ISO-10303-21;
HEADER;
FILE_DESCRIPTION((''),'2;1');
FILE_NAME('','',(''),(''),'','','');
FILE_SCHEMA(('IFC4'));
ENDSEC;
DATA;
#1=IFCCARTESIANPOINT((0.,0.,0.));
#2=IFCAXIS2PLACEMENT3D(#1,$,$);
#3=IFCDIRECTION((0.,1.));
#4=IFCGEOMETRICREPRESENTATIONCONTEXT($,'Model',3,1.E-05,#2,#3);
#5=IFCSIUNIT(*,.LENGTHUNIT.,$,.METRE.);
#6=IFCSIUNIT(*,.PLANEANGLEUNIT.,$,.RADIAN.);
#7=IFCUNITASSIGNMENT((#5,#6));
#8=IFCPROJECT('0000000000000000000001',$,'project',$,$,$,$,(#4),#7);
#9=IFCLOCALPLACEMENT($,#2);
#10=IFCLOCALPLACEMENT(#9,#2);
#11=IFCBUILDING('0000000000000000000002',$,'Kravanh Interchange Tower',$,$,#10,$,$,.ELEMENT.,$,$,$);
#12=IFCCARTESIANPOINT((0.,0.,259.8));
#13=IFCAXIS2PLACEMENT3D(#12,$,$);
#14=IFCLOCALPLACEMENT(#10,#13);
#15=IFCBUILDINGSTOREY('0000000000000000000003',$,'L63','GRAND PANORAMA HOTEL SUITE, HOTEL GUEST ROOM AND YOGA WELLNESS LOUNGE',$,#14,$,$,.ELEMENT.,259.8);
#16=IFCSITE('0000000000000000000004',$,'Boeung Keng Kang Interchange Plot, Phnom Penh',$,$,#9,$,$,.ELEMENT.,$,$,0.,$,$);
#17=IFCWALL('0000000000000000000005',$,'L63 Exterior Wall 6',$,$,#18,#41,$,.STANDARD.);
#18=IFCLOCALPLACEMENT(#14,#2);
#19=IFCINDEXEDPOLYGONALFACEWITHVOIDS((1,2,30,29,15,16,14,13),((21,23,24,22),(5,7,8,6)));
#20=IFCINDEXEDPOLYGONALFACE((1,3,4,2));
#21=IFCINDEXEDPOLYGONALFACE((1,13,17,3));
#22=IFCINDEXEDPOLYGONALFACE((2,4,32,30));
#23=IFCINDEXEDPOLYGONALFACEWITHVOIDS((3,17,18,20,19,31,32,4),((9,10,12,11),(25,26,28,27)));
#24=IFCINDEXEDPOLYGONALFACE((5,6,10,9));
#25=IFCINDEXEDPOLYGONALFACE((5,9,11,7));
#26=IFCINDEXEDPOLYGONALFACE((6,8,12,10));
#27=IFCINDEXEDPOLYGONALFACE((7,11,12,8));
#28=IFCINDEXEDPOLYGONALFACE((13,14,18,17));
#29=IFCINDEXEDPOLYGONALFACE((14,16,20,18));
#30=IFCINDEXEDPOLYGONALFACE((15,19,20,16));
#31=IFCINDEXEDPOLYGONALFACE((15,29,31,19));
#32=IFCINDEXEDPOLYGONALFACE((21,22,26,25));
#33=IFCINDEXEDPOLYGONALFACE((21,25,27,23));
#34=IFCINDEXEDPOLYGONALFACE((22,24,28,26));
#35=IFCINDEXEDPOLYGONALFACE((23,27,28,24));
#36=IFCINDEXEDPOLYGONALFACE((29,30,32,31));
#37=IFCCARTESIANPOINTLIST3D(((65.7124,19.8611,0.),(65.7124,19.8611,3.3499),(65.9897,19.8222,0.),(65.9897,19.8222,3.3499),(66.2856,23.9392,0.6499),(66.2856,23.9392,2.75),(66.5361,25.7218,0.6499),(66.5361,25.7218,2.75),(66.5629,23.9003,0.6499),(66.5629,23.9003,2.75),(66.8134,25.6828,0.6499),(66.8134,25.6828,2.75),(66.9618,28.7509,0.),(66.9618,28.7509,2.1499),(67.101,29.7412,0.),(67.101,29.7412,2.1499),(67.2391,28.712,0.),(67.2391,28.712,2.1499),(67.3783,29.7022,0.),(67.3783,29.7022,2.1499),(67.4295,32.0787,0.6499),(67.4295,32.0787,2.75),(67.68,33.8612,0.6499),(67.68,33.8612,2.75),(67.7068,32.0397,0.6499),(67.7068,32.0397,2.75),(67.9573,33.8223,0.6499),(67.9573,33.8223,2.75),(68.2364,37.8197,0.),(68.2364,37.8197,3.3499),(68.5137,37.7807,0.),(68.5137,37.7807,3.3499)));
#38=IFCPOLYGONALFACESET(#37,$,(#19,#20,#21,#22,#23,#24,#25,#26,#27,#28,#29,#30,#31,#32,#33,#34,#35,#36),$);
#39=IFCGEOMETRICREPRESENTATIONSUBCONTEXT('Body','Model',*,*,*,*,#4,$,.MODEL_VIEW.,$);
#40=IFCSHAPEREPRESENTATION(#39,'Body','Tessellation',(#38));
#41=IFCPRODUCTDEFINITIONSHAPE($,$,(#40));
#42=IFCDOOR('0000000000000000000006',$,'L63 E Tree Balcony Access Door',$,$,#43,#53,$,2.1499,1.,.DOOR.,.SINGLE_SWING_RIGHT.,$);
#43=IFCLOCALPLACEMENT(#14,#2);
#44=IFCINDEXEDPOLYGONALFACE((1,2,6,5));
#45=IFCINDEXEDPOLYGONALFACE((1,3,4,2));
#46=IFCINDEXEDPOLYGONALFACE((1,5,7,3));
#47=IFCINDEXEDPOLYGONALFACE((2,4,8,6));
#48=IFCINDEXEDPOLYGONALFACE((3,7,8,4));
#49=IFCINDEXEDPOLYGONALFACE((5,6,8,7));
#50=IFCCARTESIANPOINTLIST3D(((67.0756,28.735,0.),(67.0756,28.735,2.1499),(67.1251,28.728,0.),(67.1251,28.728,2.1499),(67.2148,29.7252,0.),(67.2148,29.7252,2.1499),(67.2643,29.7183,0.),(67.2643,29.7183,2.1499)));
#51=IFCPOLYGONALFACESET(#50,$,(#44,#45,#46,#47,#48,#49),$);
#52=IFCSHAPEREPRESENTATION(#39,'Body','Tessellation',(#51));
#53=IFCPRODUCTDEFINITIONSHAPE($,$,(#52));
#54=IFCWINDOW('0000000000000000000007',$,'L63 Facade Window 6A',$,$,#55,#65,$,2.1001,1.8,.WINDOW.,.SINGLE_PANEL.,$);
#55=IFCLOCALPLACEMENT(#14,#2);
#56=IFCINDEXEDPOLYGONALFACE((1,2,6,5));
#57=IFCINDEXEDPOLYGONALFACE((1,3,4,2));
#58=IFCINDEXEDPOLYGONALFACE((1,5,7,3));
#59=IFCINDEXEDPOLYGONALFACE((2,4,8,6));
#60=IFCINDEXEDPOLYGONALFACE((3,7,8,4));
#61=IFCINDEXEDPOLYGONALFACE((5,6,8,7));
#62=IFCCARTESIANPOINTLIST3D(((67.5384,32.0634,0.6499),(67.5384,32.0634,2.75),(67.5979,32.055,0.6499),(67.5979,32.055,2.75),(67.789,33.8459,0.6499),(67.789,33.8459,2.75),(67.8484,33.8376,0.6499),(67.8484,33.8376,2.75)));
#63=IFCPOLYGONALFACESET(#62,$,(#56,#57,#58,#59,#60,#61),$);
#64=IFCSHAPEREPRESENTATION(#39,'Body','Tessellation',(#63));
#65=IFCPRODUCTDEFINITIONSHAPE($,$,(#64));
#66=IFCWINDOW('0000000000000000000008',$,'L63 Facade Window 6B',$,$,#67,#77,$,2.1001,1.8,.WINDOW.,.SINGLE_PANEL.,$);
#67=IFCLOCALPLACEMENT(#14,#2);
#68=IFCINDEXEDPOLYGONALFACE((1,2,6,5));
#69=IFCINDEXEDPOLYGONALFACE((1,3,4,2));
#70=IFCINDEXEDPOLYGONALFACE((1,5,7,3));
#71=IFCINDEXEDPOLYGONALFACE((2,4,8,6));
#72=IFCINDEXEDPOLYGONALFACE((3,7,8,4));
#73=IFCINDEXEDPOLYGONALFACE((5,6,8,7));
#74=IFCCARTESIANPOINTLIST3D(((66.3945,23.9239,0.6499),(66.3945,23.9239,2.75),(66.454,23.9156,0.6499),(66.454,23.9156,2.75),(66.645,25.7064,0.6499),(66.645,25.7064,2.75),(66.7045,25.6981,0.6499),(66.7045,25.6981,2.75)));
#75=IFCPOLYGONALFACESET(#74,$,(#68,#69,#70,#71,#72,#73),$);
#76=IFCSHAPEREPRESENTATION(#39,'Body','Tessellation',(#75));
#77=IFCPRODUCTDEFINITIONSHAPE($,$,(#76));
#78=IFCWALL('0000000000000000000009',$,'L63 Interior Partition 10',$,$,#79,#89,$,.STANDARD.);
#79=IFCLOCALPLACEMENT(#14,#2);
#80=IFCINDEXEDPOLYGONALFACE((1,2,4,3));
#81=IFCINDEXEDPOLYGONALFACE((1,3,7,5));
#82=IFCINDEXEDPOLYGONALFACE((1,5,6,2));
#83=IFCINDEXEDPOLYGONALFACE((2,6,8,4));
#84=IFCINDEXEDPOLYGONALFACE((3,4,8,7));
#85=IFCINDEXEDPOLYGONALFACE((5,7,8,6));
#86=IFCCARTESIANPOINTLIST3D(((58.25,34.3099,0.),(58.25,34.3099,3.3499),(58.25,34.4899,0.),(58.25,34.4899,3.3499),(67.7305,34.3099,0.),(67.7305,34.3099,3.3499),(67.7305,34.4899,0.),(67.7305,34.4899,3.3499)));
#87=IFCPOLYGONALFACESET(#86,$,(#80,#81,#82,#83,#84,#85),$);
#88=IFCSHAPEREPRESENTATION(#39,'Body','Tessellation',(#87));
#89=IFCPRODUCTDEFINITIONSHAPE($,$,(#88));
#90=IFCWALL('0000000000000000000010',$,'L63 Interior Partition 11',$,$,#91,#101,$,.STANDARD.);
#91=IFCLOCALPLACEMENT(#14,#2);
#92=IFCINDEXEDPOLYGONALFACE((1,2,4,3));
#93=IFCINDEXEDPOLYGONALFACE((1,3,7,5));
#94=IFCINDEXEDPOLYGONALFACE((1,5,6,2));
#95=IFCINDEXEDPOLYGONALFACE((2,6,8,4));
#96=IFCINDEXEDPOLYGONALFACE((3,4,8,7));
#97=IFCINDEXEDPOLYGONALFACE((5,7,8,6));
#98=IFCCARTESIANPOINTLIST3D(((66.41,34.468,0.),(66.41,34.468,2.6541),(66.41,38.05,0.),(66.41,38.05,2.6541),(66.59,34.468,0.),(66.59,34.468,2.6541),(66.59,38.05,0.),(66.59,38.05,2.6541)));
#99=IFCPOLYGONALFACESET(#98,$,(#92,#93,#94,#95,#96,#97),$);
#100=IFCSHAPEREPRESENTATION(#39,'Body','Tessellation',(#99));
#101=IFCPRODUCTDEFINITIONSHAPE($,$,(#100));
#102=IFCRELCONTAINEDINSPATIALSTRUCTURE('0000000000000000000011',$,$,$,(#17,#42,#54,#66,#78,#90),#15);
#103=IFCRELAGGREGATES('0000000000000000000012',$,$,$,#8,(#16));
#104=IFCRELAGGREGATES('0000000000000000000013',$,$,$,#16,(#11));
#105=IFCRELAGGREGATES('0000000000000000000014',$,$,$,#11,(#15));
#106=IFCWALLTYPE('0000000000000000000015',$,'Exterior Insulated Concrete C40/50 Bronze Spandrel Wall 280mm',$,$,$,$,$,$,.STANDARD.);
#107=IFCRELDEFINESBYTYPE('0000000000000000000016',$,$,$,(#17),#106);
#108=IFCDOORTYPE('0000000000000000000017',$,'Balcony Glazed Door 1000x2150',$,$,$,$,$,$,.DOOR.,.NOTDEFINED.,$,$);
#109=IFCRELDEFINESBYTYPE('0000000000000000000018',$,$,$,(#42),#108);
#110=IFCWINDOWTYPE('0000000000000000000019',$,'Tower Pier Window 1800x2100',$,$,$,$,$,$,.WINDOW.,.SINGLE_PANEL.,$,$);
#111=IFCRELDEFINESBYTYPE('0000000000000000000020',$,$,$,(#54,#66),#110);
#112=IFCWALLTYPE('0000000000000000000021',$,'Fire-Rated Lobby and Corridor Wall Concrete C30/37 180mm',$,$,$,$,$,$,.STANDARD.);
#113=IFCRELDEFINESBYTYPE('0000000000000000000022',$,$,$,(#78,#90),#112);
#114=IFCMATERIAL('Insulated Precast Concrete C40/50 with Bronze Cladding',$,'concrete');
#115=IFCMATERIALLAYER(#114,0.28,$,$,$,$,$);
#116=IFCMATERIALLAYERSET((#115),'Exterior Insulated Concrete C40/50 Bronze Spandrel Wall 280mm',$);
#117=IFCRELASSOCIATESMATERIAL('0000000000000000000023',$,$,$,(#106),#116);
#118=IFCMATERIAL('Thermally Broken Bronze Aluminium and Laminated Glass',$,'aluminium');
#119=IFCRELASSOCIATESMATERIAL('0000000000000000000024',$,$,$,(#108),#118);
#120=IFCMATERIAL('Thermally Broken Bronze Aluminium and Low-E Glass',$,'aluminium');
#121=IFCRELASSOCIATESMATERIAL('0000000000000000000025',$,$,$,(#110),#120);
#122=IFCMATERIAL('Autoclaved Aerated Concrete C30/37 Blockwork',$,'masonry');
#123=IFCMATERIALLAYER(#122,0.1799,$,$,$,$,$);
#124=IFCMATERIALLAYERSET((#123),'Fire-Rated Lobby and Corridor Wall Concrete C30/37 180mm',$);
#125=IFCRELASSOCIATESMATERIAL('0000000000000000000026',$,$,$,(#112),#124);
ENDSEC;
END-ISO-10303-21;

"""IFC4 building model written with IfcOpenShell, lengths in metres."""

from ifc_helpers import new_model, si_unit, direction, frame, frame_2d, origin, place, context, subcontext, project, spatial, rectangle, extrude, material, layer, layer_set, type_object, element, fill, save


model = new_model("IFC4")

# Units and contexts
model_context = context("Model", 3, precision=1e-05, world=origin(), true_north=direction((0.0, 1.0)))
body_context = subcontext(model_context, "Body", "Model", "MODEL_VIEW")
ifc_project = project(units=[si_unit("LENGTHUNIT", "METRE"), si_unit("PLANEANGLEUNIT", "RADIAN")], contexts=[model_context])

# Site, building, storey
site_placement = place(None, origin())
site = spatial("IfcSite", under=ifc_project, at=site_placement, Name="Boeung Keng Kang Interchange Plot, Phnom Penh", CompositionType="ELEMENT", RefElevation=0.0)
building_placement = place(site_placement, origin())
building = spatial("IfcBuilding", under=site, at=building_placement, Name="Kravanh Interchange Tower", CompositionType="ELEMENT")
storey_placement = place(building_placement, frame((0.0, 0.0, 259.8)))
storey = spatial("IfcBuildingStorey", under=building, at=storey_placement, Name="L63", Description="GRAND PANORAMA HOTEL SUITE, HOTEL GUEST ROOM AND YOGA WELLNESS LOUNGE", CompositionType="ELEMENT", Elevation=259.8)

# Wall, openings, door, windows
ifc_material_1 = material(Name="Insulated Precast Concrete C40/50 with Bronze Cladding", Category="concrete")
ifc_layer_1 = layer(ifc_material_1, 0.28)
ifc_layer_set_1 = layer_set([ifc_layer_1], Name="Exterior Insulated Concrete C40/50 Bronze Spandrel Wall 280mm")
wall_type_1 = type_object("IfcWallType", Name="Exterior Insulated Concrete C40/50 Bronze Spandrel Wall 280mm", PredefinedType="STANDARD", material=ifc_layer_set_1)
wall_1_placement = place(storey_placement, frame((68.375, 37.8, 0.0), z_axis=(0.0, 0.0, 1.0), x_axis=(-0.139174, -0.990268, 0.0)))
wall_1 = element("IfcWall", 1, at=wall_1_placement, inside=storey, type_object=wall_type_1, Name="L63 Exterior Wall 6", PredefinedType="STANDARD", context=body_context, shape_type="SweptSolid", body=[
    extrude(rectangle(XDim=18.135, YDim=0.28, at=frame_2d((9.0674, 0.0))), origin(), (0.0, 0.0, 1.0), 3.3499),
])
opening_1_placement = place(wall_1_placement, frame((8.1577, 0.0, 0.0)))
opening_1 = element("IfcOpeningElement", 2, at=opening_1_placement, cuts=wall_1, PredefinedType="OPENING", context=body_context, shape_type="SweptSolid", body=[
    extrude(rectangle(XDim=1.0, YDim=2.1499, at=frame_2d((0.5, 1.075))), frame((0.0, 0.1499, 0.0), z_axis=(0.0, -1.0, 0.0), x_axis=(1.0, 0.0, 0.0)), (0.0, 0.0, 1.0), 0.3),
])
opening_2_placement = place(wall_1_placement, frame((3.9973, 0.0, 0.6499)))
opening_2 = element("IfcOpeningElement", 3, at=opening_2_placement, cuts=wall_1, PredefinedType="OPENING", context=body_context, shape_type="SweptSolid", body=[
    extrude(rectangle(XDim=1.8, YDim=2.1001, at=frame_2d((0.8999, 1.05))), frame((0.0, 0.1499, 0.0), z_axis=(0.0, -1.0, 0.0), x_axis=(1.0, 0.0, 0.0)), (0.0, 0.0, 1.0), 0.3),
])
opening_3_placement = place(wall_1_placement, frame((12.2168, 0.0, 0.6499)))
opening_3 = element("IfcOpeningElement", 4, at=opening_3_placement, cuts=wall_1, PredefinedType="OPENING", context=body_context, shape_type="SweptSolid", body=[
    extrude(rectangle(XDim=1.8, YDim=2.1001, at=frame_2d((0.8999, 1.05))), frame((0.0, 0.1499, 0.0), z_axis=(0.0, -1.0, 0.0), x_axis=(1.0, 0.0, 0.0)), (0.0, 0.0, 1.0), 0.3),
])
ifc_material_2 = material(Name="Thermally Broken Bronze Aluminium and Laminated Glass", Category="aluminium")
door_type_1 = type_object("IfcDoorType", Name="Balcony Glazed Door 1000x2150", OperationType="NOTDEFINED", PredefinedType="DOOR", material=ifc_material_2)
door_1_placement = place(opening_1_placement, origin())
door_1 = element("IfcDoor", 5, at=door_1_placement, inside=storey, type_object=door_type_1, Name="L63 E Tree Balcony Access Door", OperationType="SINGLE_SWING_RIGHT", OverallHeight=2.1499, OverallWidth=1.0, PredefinedType="DOOR", context=body_context, shape_type="SweptSolid", body=[
    extrude(rectangle(XDim=1.0, YDim=2.1499, at=frame_2d((0.5, 1.075))), frame((0.0, 0.0249, 0.0), z_axis=(0.0, -1.0, 0.0), x_axis=(1.0, 0.0, 0.0)), (0.0, 0.0, 1.0), 0.05),
])
fill(opening_1, door_1)
ifc_material_3 = material(Name="Thermally Broken Bronze Aluminium and Low-E Glass", Category="aluminium")
window_type = type_object("IfcWindowType", Name="Tower Pier Window 1800x2100", PartitioningType="SINGLE_PANEL", PredefinedType="WINDOW", material=ifc_material_3)
window_1_placement = place(opening_2_placement, origin())
window_1 = element("IfcWindow", 6, at=window_1_placement, inside=storey, type_object=window_type, Name="L63 Facade Window 6A", OverallHeight=2.1001, OverallWidth=1.8, PartitioningType="SINGLE_PANEL", PredefinedType="WINDOW", context=body_context, shape_type="SweptSolid", body=[
    extrude(rectangle(XDim=1.8, YDim=2.1001, at=frame_2d((0.8999, 1.05))), frame((0.0, 0.03, 0.0), z_axis=(0.0, -1.0, 0.0), x_axis=(1.0, 0.0, 0.0)), (0.0, 0.0, 1.0), 0.0601),
])
fill(opening_2, window_1)
window_2_placement = place(opening_3_placement, origin())
window_2 = element("IfcWindow", 7, at=window_2_placement, inside=storey, type_object=window_type, Name="L63 Facade Window 6B", OverallHeight=2.1001, OverallWidth=1.8, PartitioningType="SINGLE_PANEL", PredefinedType="WINDOW", context=body_context, shape_type="SweptSolid", body=[
    extrude(rectangle(XDim=1.8, YDim=2.1001, at=frame_2d((0.8999, 1.05))), frame((0.0, 0.03, 0.0), z_axis=(0.0, -1.0, 0.0), x_axis=(1.0, 0.0, 0.0)), (0.0, 0.0, 1.0), 0.0601),
])
fill(opening_3, window_2)

# Walls
ifc_material_4 = material(Name="Autoclaved Aerated Concrete C30/37 Blockwork", Category="masonry")
ifc_layer_2 = layer(ifc_material_4, 0.1799)
ifc_layer_set_2 = layer_set([ifc_layer_2], Name="Fire-Rated Lobby and Corridor Wall Concrete C30/37 180mm")
wall_type_2 = type_object("IfcWallType", Name="Fire-Rated Lobby and Corridor Wall Concrete C30/37 180mm", PredefinedType="STANDARD", material=ifc_layer_set_2)
wall_2_placement = place(storey_placement, frame((58.25, 34.3999, 0.0), z_axis=(0.0, 0.0, 1.0), x_axis=(1.0, 0.0, 0.0)))
element("IfcWall", 8, at=wall_2_placement, inside=storey, type_object=wall_type_2, Name="L63 Interior Partition 10", PredefinedType="STANDARD", context=body_context, shape_type="SweptSolid", body=[
    extrude(rectangle(XDim=9.4805, YDim=0.1799, at=frame_2d((4.7402, 0.0))), origin(), (0.0, 0.0, 1.0), 3.3499),
])
wall_3_placement = place(storey_placement, frame((66.5, 34.468, 0.0), z_axis=(0.0, 0.0, 1.0), x_axis=(0.0, 1.0, 0.0)))
element("IfcWall", 9, at=wall_3_placement, inside=storey, type_object=wall_type_2, Name="L63 Interior Partition 11", PredefinedType="STANDARD", context=body_context, shape_type="SweptSolid", body=[
    extrude(rectangle(XDim=3.582, YDim=0.1799, at=frame_2d((1.791, 0.0))), origin(), (0.0, 0.0, 1.0), 2.6541),
])

save(model, "model.ifc")
